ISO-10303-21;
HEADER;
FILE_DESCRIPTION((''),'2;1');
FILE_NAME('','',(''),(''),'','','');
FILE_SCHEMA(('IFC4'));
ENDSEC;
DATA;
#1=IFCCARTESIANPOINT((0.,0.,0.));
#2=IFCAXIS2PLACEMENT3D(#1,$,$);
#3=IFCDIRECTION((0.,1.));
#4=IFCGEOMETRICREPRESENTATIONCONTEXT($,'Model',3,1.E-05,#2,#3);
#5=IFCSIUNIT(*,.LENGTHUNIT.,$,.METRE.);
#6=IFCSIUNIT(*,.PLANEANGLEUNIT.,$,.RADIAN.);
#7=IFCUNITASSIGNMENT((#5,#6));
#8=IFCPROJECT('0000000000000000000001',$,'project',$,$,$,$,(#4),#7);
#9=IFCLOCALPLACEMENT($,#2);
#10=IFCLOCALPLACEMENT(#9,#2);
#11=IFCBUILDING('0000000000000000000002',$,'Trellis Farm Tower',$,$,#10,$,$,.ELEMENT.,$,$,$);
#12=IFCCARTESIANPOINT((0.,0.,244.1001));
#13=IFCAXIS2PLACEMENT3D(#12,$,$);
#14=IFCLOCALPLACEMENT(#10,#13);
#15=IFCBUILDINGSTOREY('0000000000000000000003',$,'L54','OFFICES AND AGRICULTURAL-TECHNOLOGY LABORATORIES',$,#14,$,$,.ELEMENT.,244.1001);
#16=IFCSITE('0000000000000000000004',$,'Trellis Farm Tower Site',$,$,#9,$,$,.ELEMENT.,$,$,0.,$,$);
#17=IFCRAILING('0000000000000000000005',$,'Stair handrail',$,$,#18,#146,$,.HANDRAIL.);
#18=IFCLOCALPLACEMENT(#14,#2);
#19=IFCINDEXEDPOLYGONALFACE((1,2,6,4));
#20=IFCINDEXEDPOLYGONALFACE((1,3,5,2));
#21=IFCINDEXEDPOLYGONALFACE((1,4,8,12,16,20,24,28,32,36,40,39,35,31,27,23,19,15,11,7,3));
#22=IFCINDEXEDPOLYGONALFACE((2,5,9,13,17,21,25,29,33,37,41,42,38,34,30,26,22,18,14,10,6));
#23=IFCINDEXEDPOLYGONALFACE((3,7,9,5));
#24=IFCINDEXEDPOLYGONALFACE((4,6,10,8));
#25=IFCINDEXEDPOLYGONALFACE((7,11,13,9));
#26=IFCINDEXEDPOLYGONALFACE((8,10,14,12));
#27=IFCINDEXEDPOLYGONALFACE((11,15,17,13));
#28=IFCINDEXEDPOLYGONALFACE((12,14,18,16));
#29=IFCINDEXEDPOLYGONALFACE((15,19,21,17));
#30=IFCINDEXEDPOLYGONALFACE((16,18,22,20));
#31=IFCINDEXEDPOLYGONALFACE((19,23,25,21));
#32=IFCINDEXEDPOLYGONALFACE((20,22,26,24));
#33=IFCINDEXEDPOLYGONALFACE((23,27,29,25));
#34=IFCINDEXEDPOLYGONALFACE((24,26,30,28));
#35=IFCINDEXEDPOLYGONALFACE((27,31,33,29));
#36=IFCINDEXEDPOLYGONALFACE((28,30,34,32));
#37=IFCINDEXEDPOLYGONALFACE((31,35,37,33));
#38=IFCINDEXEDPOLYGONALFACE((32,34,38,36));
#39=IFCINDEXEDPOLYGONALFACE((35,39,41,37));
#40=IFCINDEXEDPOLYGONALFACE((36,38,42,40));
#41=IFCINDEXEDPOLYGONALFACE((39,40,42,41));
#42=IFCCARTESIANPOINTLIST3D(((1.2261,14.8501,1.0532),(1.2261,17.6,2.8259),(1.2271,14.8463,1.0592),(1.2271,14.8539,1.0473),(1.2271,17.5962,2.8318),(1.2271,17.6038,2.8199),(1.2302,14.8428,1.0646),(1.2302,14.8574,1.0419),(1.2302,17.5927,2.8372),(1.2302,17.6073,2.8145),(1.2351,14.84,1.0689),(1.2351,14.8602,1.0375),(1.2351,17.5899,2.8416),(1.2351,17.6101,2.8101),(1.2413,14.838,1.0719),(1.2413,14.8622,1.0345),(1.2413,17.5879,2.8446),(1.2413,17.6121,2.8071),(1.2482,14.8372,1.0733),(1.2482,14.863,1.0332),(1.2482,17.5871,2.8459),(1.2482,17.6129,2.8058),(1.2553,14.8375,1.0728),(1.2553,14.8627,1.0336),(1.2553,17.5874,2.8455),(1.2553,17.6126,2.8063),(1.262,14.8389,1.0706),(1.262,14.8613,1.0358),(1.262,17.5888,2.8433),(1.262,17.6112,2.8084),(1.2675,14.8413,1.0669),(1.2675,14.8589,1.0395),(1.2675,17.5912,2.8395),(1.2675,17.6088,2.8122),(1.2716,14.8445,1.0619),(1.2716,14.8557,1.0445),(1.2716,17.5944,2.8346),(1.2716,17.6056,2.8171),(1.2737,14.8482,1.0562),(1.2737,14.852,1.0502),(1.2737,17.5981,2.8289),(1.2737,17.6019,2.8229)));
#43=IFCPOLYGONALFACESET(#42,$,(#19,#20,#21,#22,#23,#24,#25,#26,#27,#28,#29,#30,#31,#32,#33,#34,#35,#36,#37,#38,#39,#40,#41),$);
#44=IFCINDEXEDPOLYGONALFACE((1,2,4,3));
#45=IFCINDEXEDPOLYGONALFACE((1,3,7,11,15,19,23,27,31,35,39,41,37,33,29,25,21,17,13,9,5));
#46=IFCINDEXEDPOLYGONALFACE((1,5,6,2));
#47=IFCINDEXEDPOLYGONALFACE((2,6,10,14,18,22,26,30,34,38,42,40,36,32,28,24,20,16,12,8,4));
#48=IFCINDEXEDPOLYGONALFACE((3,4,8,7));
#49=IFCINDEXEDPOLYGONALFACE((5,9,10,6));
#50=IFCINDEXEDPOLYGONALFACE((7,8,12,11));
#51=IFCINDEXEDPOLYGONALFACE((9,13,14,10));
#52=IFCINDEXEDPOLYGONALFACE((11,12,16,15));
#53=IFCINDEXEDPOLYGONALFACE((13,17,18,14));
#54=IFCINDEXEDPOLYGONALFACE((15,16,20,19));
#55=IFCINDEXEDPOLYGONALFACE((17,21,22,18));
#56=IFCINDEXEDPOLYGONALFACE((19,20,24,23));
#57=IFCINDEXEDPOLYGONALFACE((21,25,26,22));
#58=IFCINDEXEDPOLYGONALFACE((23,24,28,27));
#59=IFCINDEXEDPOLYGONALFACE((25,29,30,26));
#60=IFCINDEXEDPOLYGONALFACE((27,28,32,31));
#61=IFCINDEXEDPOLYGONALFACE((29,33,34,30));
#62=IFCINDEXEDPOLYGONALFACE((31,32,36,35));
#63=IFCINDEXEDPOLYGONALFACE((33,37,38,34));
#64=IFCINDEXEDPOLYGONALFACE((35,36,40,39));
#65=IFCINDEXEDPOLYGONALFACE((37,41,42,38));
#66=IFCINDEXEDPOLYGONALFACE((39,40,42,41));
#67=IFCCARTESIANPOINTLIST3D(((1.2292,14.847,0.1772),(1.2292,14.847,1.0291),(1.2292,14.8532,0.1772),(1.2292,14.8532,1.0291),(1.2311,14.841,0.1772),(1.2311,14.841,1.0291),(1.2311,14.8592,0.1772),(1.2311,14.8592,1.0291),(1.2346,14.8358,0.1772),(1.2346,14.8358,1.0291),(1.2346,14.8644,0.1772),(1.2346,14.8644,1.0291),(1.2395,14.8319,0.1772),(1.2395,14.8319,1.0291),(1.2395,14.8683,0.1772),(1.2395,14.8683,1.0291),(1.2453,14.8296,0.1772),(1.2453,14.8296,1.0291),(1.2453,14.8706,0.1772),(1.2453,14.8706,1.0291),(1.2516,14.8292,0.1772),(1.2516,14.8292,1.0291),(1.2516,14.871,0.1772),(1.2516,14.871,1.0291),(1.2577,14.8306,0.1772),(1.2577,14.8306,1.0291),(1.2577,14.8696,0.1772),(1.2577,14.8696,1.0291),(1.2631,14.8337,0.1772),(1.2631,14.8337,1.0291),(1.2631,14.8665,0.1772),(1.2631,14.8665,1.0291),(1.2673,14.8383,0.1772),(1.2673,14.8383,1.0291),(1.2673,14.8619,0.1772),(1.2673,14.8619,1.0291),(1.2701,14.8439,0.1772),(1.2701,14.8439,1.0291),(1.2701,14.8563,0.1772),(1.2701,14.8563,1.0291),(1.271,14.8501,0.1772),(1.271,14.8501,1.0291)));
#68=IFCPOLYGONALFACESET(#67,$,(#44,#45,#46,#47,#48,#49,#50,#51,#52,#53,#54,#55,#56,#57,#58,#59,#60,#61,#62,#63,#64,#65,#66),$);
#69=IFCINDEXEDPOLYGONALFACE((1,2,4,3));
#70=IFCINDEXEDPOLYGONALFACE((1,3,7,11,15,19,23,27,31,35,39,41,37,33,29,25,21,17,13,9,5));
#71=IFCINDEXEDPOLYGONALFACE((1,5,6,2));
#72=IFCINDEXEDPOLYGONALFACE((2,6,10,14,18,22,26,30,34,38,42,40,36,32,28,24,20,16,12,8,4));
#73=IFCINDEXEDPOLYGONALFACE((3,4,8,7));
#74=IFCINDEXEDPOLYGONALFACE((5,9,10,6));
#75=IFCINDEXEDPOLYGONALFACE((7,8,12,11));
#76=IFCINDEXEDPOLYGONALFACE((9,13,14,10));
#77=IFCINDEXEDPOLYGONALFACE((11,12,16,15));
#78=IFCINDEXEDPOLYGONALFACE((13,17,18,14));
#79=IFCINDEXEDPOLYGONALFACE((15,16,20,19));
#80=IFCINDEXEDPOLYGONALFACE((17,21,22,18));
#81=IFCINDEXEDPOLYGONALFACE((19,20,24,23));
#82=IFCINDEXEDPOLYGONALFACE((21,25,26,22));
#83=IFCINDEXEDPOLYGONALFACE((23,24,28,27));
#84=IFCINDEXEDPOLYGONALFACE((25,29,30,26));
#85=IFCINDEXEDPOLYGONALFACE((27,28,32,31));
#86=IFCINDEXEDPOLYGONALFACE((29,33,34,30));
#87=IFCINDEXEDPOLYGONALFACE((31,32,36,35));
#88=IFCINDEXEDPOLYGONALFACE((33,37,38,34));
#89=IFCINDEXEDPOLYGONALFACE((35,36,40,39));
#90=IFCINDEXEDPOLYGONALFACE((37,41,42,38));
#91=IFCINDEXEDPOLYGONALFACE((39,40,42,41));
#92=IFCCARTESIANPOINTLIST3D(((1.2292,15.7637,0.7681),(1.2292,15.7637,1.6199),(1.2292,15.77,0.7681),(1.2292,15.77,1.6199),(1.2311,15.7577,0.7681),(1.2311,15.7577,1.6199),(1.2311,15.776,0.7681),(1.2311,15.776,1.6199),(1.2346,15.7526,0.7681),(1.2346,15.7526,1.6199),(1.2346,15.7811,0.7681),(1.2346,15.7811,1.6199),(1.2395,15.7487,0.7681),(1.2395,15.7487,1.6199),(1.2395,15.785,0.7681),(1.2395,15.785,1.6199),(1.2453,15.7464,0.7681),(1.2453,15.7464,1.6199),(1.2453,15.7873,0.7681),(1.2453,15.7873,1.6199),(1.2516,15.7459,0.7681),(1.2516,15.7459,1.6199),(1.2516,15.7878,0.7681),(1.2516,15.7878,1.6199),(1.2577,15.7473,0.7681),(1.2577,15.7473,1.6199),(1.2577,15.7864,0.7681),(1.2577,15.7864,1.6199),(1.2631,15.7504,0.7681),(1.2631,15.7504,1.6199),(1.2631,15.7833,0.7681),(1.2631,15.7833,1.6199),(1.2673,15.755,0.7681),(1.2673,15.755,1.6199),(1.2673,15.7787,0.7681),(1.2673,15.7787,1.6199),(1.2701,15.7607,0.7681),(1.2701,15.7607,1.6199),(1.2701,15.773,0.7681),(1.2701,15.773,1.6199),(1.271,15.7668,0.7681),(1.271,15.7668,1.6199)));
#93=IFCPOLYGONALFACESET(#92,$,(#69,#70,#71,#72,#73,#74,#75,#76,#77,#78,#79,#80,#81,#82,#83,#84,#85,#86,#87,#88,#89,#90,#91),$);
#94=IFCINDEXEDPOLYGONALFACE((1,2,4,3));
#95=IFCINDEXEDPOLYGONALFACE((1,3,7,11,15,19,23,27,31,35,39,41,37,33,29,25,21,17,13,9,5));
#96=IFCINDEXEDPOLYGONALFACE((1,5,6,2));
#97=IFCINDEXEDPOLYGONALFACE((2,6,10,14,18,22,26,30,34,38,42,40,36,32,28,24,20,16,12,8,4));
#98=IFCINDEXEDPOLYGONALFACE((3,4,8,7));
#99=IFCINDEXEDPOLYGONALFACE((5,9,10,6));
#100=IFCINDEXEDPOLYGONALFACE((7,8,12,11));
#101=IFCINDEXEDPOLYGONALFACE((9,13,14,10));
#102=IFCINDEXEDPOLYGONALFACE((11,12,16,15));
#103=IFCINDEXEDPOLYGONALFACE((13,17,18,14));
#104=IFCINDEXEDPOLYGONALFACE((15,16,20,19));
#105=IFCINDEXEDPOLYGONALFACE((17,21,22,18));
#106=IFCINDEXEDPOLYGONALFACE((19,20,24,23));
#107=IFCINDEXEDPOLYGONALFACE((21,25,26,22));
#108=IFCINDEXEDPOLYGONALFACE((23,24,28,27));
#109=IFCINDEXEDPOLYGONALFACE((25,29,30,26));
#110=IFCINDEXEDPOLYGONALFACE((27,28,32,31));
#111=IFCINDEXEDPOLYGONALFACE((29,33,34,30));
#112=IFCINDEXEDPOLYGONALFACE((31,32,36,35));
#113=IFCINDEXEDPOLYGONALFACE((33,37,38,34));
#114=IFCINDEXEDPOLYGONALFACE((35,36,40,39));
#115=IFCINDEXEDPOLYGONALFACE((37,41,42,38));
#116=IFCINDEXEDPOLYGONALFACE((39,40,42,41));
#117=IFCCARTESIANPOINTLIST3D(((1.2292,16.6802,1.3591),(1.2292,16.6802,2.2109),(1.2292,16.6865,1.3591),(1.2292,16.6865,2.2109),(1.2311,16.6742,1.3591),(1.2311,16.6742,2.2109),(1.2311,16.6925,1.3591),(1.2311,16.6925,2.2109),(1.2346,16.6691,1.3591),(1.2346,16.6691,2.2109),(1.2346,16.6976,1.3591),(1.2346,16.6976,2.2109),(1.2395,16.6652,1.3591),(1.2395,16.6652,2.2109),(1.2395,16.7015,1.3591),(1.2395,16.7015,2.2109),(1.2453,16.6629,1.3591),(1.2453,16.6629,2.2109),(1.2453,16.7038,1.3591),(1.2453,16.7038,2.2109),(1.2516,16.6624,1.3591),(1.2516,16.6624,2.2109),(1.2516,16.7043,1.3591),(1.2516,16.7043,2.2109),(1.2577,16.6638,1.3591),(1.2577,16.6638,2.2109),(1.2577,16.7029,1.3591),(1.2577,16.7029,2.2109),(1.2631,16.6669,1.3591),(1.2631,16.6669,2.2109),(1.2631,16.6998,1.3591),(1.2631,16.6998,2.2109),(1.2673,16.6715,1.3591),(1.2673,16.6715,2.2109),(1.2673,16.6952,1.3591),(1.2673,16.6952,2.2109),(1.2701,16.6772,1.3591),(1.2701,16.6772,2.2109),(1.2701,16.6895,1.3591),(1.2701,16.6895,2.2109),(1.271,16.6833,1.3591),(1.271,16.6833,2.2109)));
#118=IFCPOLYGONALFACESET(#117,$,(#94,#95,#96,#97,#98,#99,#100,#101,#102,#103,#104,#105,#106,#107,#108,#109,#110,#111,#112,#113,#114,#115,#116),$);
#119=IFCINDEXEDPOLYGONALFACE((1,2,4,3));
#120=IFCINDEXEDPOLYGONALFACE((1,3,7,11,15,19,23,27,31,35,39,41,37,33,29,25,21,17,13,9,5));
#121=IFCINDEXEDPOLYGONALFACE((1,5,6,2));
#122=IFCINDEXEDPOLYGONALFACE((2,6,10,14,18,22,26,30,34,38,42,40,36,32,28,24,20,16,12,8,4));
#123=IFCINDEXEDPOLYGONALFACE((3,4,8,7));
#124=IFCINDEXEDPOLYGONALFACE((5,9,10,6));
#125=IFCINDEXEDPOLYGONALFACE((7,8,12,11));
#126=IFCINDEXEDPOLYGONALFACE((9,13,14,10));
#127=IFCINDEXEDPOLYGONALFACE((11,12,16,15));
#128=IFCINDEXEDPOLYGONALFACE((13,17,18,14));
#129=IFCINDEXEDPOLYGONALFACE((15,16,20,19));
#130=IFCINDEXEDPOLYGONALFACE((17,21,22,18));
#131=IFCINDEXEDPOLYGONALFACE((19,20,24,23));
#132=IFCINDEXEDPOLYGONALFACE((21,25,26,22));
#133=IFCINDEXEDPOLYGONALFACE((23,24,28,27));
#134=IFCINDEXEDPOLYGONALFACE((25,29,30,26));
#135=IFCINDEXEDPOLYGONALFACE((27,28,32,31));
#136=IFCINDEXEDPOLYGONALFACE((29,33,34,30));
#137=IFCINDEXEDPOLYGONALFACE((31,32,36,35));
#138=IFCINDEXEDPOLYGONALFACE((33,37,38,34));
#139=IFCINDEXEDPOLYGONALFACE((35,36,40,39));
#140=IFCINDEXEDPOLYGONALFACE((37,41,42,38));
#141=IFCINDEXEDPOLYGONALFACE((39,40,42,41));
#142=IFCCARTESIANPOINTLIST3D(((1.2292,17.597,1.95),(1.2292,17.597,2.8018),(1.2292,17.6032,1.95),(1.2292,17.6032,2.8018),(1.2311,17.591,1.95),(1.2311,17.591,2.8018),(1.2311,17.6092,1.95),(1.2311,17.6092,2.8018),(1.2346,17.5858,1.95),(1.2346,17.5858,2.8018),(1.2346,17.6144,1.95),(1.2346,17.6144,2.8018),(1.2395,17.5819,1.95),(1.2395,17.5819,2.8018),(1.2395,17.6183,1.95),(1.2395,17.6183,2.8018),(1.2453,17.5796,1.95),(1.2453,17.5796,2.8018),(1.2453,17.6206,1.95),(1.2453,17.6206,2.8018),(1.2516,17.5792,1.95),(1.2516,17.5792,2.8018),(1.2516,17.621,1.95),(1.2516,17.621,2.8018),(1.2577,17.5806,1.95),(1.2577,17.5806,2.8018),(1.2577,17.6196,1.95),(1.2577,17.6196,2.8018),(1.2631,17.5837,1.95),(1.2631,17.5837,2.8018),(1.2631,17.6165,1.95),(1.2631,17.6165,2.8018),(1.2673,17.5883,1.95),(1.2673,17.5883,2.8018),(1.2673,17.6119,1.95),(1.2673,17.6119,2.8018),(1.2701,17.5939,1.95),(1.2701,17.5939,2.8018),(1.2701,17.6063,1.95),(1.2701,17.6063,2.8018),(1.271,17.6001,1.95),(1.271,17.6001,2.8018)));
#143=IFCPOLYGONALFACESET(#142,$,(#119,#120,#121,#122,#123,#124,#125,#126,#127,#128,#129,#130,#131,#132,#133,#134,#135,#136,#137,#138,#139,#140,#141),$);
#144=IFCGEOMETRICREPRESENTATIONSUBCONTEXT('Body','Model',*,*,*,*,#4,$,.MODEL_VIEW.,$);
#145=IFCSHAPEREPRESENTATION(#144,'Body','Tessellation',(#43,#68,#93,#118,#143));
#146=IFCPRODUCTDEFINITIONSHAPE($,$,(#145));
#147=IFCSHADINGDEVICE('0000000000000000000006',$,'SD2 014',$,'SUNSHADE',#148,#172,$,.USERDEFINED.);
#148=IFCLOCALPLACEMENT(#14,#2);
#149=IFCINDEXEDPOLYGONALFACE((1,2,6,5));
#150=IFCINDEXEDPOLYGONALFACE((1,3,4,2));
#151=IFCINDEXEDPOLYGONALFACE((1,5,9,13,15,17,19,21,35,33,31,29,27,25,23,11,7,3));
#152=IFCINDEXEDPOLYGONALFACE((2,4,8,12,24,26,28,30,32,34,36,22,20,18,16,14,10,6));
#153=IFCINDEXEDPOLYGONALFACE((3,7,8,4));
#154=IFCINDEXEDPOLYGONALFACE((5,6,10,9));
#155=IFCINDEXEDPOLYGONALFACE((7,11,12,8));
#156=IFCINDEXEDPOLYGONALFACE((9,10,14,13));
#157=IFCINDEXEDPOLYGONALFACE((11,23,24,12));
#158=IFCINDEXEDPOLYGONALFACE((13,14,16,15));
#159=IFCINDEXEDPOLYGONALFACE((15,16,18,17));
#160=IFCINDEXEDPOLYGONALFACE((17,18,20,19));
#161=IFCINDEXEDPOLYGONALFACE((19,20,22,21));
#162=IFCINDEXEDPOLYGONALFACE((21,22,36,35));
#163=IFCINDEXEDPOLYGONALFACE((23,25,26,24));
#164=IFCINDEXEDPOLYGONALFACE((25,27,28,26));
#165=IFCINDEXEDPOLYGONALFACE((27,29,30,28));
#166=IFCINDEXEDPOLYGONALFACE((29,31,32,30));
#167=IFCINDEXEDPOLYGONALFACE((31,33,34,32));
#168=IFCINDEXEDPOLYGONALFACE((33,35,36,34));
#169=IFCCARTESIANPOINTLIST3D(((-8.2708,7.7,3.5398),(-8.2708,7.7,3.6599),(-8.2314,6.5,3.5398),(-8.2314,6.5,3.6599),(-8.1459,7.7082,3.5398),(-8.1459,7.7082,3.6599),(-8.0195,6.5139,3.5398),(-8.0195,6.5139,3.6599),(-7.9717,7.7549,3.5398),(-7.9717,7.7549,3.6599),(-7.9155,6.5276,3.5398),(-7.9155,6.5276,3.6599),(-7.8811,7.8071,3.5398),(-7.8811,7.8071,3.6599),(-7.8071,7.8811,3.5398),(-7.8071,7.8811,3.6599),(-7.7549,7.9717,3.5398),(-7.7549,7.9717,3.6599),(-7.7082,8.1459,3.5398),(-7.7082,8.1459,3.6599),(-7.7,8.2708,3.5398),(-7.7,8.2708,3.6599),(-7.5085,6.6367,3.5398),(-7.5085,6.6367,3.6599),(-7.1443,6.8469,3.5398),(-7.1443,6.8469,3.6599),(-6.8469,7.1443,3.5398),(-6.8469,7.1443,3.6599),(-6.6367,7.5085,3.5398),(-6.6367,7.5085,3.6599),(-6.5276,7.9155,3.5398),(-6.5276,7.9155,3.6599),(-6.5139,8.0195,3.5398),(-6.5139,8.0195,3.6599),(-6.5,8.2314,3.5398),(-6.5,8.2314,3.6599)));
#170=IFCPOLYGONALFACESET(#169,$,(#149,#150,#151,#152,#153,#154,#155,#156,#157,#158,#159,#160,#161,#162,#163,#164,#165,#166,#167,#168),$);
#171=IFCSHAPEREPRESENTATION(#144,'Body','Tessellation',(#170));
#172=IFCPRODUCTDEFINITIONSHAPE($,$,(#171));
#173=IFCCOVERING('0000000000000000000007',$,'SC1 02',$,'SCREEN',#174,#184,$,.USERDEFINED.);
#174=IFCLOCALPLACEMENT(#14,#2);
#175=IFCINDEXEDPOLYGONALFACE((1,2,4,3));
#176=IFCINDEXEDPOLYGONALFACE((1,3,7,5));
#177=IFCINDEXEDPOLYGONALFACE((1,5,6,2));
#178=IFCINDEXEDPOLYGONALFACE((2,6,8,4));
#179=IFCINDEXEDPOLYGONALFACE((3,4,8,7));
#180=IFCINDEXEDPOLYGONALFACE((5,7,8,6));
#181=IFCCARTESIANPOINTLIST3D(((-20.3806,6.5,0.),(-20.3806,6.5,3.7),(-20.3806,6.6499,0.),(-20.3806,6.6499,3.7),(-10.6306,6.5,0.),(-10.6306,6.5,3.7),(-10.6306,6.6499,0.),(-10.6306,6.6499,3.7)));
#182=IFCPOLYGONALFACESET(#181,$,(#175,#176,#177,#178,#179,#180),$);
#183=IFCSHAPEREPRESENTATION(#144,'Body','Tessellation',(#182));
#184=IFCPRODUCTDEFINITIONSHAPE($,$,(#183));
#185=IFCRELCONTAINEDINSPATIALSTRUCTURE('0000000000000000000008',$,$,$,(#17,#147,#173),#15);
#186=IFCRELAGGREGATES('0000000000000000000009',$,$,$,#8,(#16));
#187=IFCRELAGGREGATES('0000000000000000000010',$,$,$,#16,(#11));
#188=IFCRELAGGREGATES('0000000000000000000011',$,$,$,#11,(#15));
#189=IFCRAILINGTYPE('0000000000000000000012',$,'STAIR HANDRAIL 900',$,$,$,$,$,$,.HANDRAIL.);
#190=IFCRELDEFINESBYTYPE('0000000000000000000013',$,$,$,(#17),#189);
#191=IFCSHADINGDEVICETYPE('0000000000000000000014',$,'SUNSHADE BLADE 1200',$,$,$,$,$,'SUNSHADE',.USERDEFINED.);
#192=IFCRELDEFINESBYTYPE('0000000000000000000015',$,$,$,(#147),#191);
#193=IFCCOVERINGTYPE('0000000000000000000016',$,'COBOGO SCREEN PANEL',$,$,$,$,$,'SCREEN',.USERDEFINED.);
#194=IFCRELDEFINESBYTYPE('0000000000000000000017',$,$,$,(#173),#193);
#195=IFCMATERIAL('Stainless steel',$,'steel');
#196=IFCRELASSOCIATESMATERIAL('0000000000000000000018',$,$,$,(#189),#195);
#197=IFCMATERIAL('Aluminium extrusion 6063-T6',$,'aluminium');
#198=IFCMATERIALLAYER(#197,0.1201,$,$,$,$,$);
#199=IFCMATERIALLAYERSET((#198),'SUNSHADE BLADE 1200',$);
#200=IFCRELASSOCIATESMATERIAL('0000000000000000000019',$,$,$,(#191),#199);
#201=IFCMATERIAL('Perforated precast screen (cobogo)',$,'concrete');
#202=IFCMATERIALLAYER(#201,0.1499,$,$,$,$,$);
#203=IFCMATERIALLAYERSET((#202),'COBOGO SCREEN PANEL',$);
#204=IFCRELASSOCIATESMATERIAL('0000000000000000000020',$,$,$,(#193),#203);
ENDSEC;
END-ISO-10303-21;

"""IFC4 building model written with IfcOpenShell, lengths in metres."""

from ifc_helpers import new_model, si_unit, direction, frame, origin, origin_2d, place, context, subcontext, project, spatial, polyline, circle, outline, extrude, source, transform, mapped, material, layer, layer_set, type_object, element, save


model = new_model("IFC4")

# Units and contexts
model_context = context("Model", 3, precision=1e-05, world=origin(), true_north=direction((0.0, 1.0)))
body_context = subcontext(model_context, "Body", "Model", "MODEL_VIEW")
ifc_project = project(units=[si_unit("LENGTHUNIT", "METRE"), si_unit("PLANEANGLEUNIT", "RADIAN")], contexts=[model_context])

# Site, building, storey
site_placement = place(None, origin())
site = spatial("IfcSite", under=ifc_project, at=site_placement, Name="Trellis Farm Tower Site", CompositionType="ELEMENT", RefElevation=0.0)
building_placement = place(site_placement, origin())
building = spatial("IfcBuilding", under=site, at=building_placement, Name="Trellis Farm Tower", CompositionType="ELEMENT")
storey_placement = place(building_placement, frame((0.0, 0.0, 244.1001)))
storey = spatial("IfcBuildingStorey", under=building, at=storey_placement, Name="L54", Description="OFFICES AND AGRICULTURAL-TECHNOLOGY LABORATORIES", CompositionType="ELEMENT", Elevation=244.1001)

# Shared definitions
placement_1 = place(storey_placement, origin())
ifc_material_1 = material(Name="Aluminium extrusion 6063-T6", Category="aluminium")

# Railing
ifc_material_2 = material(Name="Stainless steel", Category="steel")
railing_type = type_object("IfcRailingType", Name="STAIR HANDRAIL 900", PredefinedType="HANDRAIL", material=ifc_material_2)
shared_shape_1 = source(origin(), body_context, "Body", "SweptSolid", [
    extrude(circle(Radius=0.0239, at=origin_2d()), frame((0.0, 0.0, 0.876), z_axis=(0.0, 0.840504, 0.541806), x_axis=(-1.0, 0.0, 0.0)), (0.0, 0.0, 1.0), 3.2717),
    extrude(circle(Radius=0.021, at=origin_2d()), origin(), (0.0, 0.0, 1.0), 0.8518),
    extrude(circle(Radius=0.021, at=origin_2d()), frame((0.0, 0.9167, 0.5908)), (0.0, 0.0, 1.0), 0.8518),
    extrude(circle(Radius=0.021, at=origin_2d()), frame((0.0, 1.8333, 1.1819)), (0.0, 0.0, 1.0), 0.8518),
    extrude(circle(Radius=0.021, at=origin_2d()), frame((0.0, 2.75, 1.7727)), (0.0, 0.0, 1.0), 0.8518),
])
railing_placement = place(storey_placement, frame((1.25, 14.8501, 0.1772)))
element("IfcRailing", 1, at=railing_placement, inside=storey, type_object=railing_type, Name="Stair handrail", PredefinedType="HANDRAIL", context=body_context, shape_type="MappedRepresentation", body=[
    mapped(shared_shape_1, transform((0.0, 0.0, 0.0))),
])

# Shading device
ifc_layer_1 = layer(ifc_material_1, 0.1201)
ifc_layer_set_1 = layer_set([ifc_layer_1], Name="SUNSHADE BLADE 1200")
shading_device_type_1 = type_object("IfcShadingDeviceType", Name="SUNSHADE BLADE 1200", ElementType="SUNSHADE", PredefinedType="USERDEFINED", material=ifc_layer_set_1)
shared_shape_2 = source(origin(), body_context, "Body", "SweptSolid", [
    extrude(outline(polyline([(-7.7, 8.2708), (-7.7087, 8.1372), (-7.707, 8.1501), (-7.7549, 7.9717), (-7.8071, 7.8811), (-7.8811, 7.8071), (-7.9717, 7.7549), (-8.1501, 7.707), (-8.1372, 7.7087), (-8.2708, 7.7), (-8.2314, 6.5), (-8.0195, 6.5139), (-7.9155, 6.5276), (-7.5085, 6.6367), (-7.1443, 6.8469), (-6.8469, 7.1443), (-6.6367, 7.5085), (-6.5276, 7.9155), (-6.5139, 8.0195), (-6.5, 8.2314), (-7.7, 8.2708)])), origin(), (0.0, 0.0, 1.0), 0.1201),
])
placement_2 = place(storey_placement, frame((0.0, 0.0, 3.5398)))
element("IfcShadingDevice", 2, at=placement_2, inside=storey, type_object=shading_device_type_1, Name="SD2 014", ObjectType="SUNSHADE", PredefinedType="USERDEFINED", context=body_context, shape_type="MappedRepresentation", body=[
    mapped(shared_shape_2, transform((0.0, 0.0, 0.0))),
])

# Covering
ifc_material_3 = material(Name="Perforated precast screen (cobogo)", Category="concrete")
ifc_layer_2 = layer(ifc_material_3, 0.1499)
ifc_layer_set_2 = layer_set([ifc_layer_2], Name="COBOGO SCREEN PANEL")
covering_type = type_object("IfcCoveringType", Name="COBOGO SCREEN PANEL", ElementType="SCREEN", PredefinedType="USERDEFINED", material=ifc_layer_set_2)
shared_shape_3 = source(origin(), body_context, "Body", "SweptSolid", [
    extrude(outline(polyline([(-10.6306, 6.6499), (-20.3806, 6.6499), (-20.3806, 6.5), (-10.6306, 6.5), (-10.6306, 6.6499)])), origin(), (0.0, 0.0, 1.0), 3.7),
])
element("IfcCovering", 3, at=placement_1, inside=storey, type_object=covering_type, Name="SC1 02", ObjectType="SCREEN", PredefinedType="USERDEFINED", context=body_context, shape_type="MappedRepresentation", body=[
    mapped(shared_shape_3, transform((0.0, 0.0, 0.0))),
])

save(model, "model.ifc")
